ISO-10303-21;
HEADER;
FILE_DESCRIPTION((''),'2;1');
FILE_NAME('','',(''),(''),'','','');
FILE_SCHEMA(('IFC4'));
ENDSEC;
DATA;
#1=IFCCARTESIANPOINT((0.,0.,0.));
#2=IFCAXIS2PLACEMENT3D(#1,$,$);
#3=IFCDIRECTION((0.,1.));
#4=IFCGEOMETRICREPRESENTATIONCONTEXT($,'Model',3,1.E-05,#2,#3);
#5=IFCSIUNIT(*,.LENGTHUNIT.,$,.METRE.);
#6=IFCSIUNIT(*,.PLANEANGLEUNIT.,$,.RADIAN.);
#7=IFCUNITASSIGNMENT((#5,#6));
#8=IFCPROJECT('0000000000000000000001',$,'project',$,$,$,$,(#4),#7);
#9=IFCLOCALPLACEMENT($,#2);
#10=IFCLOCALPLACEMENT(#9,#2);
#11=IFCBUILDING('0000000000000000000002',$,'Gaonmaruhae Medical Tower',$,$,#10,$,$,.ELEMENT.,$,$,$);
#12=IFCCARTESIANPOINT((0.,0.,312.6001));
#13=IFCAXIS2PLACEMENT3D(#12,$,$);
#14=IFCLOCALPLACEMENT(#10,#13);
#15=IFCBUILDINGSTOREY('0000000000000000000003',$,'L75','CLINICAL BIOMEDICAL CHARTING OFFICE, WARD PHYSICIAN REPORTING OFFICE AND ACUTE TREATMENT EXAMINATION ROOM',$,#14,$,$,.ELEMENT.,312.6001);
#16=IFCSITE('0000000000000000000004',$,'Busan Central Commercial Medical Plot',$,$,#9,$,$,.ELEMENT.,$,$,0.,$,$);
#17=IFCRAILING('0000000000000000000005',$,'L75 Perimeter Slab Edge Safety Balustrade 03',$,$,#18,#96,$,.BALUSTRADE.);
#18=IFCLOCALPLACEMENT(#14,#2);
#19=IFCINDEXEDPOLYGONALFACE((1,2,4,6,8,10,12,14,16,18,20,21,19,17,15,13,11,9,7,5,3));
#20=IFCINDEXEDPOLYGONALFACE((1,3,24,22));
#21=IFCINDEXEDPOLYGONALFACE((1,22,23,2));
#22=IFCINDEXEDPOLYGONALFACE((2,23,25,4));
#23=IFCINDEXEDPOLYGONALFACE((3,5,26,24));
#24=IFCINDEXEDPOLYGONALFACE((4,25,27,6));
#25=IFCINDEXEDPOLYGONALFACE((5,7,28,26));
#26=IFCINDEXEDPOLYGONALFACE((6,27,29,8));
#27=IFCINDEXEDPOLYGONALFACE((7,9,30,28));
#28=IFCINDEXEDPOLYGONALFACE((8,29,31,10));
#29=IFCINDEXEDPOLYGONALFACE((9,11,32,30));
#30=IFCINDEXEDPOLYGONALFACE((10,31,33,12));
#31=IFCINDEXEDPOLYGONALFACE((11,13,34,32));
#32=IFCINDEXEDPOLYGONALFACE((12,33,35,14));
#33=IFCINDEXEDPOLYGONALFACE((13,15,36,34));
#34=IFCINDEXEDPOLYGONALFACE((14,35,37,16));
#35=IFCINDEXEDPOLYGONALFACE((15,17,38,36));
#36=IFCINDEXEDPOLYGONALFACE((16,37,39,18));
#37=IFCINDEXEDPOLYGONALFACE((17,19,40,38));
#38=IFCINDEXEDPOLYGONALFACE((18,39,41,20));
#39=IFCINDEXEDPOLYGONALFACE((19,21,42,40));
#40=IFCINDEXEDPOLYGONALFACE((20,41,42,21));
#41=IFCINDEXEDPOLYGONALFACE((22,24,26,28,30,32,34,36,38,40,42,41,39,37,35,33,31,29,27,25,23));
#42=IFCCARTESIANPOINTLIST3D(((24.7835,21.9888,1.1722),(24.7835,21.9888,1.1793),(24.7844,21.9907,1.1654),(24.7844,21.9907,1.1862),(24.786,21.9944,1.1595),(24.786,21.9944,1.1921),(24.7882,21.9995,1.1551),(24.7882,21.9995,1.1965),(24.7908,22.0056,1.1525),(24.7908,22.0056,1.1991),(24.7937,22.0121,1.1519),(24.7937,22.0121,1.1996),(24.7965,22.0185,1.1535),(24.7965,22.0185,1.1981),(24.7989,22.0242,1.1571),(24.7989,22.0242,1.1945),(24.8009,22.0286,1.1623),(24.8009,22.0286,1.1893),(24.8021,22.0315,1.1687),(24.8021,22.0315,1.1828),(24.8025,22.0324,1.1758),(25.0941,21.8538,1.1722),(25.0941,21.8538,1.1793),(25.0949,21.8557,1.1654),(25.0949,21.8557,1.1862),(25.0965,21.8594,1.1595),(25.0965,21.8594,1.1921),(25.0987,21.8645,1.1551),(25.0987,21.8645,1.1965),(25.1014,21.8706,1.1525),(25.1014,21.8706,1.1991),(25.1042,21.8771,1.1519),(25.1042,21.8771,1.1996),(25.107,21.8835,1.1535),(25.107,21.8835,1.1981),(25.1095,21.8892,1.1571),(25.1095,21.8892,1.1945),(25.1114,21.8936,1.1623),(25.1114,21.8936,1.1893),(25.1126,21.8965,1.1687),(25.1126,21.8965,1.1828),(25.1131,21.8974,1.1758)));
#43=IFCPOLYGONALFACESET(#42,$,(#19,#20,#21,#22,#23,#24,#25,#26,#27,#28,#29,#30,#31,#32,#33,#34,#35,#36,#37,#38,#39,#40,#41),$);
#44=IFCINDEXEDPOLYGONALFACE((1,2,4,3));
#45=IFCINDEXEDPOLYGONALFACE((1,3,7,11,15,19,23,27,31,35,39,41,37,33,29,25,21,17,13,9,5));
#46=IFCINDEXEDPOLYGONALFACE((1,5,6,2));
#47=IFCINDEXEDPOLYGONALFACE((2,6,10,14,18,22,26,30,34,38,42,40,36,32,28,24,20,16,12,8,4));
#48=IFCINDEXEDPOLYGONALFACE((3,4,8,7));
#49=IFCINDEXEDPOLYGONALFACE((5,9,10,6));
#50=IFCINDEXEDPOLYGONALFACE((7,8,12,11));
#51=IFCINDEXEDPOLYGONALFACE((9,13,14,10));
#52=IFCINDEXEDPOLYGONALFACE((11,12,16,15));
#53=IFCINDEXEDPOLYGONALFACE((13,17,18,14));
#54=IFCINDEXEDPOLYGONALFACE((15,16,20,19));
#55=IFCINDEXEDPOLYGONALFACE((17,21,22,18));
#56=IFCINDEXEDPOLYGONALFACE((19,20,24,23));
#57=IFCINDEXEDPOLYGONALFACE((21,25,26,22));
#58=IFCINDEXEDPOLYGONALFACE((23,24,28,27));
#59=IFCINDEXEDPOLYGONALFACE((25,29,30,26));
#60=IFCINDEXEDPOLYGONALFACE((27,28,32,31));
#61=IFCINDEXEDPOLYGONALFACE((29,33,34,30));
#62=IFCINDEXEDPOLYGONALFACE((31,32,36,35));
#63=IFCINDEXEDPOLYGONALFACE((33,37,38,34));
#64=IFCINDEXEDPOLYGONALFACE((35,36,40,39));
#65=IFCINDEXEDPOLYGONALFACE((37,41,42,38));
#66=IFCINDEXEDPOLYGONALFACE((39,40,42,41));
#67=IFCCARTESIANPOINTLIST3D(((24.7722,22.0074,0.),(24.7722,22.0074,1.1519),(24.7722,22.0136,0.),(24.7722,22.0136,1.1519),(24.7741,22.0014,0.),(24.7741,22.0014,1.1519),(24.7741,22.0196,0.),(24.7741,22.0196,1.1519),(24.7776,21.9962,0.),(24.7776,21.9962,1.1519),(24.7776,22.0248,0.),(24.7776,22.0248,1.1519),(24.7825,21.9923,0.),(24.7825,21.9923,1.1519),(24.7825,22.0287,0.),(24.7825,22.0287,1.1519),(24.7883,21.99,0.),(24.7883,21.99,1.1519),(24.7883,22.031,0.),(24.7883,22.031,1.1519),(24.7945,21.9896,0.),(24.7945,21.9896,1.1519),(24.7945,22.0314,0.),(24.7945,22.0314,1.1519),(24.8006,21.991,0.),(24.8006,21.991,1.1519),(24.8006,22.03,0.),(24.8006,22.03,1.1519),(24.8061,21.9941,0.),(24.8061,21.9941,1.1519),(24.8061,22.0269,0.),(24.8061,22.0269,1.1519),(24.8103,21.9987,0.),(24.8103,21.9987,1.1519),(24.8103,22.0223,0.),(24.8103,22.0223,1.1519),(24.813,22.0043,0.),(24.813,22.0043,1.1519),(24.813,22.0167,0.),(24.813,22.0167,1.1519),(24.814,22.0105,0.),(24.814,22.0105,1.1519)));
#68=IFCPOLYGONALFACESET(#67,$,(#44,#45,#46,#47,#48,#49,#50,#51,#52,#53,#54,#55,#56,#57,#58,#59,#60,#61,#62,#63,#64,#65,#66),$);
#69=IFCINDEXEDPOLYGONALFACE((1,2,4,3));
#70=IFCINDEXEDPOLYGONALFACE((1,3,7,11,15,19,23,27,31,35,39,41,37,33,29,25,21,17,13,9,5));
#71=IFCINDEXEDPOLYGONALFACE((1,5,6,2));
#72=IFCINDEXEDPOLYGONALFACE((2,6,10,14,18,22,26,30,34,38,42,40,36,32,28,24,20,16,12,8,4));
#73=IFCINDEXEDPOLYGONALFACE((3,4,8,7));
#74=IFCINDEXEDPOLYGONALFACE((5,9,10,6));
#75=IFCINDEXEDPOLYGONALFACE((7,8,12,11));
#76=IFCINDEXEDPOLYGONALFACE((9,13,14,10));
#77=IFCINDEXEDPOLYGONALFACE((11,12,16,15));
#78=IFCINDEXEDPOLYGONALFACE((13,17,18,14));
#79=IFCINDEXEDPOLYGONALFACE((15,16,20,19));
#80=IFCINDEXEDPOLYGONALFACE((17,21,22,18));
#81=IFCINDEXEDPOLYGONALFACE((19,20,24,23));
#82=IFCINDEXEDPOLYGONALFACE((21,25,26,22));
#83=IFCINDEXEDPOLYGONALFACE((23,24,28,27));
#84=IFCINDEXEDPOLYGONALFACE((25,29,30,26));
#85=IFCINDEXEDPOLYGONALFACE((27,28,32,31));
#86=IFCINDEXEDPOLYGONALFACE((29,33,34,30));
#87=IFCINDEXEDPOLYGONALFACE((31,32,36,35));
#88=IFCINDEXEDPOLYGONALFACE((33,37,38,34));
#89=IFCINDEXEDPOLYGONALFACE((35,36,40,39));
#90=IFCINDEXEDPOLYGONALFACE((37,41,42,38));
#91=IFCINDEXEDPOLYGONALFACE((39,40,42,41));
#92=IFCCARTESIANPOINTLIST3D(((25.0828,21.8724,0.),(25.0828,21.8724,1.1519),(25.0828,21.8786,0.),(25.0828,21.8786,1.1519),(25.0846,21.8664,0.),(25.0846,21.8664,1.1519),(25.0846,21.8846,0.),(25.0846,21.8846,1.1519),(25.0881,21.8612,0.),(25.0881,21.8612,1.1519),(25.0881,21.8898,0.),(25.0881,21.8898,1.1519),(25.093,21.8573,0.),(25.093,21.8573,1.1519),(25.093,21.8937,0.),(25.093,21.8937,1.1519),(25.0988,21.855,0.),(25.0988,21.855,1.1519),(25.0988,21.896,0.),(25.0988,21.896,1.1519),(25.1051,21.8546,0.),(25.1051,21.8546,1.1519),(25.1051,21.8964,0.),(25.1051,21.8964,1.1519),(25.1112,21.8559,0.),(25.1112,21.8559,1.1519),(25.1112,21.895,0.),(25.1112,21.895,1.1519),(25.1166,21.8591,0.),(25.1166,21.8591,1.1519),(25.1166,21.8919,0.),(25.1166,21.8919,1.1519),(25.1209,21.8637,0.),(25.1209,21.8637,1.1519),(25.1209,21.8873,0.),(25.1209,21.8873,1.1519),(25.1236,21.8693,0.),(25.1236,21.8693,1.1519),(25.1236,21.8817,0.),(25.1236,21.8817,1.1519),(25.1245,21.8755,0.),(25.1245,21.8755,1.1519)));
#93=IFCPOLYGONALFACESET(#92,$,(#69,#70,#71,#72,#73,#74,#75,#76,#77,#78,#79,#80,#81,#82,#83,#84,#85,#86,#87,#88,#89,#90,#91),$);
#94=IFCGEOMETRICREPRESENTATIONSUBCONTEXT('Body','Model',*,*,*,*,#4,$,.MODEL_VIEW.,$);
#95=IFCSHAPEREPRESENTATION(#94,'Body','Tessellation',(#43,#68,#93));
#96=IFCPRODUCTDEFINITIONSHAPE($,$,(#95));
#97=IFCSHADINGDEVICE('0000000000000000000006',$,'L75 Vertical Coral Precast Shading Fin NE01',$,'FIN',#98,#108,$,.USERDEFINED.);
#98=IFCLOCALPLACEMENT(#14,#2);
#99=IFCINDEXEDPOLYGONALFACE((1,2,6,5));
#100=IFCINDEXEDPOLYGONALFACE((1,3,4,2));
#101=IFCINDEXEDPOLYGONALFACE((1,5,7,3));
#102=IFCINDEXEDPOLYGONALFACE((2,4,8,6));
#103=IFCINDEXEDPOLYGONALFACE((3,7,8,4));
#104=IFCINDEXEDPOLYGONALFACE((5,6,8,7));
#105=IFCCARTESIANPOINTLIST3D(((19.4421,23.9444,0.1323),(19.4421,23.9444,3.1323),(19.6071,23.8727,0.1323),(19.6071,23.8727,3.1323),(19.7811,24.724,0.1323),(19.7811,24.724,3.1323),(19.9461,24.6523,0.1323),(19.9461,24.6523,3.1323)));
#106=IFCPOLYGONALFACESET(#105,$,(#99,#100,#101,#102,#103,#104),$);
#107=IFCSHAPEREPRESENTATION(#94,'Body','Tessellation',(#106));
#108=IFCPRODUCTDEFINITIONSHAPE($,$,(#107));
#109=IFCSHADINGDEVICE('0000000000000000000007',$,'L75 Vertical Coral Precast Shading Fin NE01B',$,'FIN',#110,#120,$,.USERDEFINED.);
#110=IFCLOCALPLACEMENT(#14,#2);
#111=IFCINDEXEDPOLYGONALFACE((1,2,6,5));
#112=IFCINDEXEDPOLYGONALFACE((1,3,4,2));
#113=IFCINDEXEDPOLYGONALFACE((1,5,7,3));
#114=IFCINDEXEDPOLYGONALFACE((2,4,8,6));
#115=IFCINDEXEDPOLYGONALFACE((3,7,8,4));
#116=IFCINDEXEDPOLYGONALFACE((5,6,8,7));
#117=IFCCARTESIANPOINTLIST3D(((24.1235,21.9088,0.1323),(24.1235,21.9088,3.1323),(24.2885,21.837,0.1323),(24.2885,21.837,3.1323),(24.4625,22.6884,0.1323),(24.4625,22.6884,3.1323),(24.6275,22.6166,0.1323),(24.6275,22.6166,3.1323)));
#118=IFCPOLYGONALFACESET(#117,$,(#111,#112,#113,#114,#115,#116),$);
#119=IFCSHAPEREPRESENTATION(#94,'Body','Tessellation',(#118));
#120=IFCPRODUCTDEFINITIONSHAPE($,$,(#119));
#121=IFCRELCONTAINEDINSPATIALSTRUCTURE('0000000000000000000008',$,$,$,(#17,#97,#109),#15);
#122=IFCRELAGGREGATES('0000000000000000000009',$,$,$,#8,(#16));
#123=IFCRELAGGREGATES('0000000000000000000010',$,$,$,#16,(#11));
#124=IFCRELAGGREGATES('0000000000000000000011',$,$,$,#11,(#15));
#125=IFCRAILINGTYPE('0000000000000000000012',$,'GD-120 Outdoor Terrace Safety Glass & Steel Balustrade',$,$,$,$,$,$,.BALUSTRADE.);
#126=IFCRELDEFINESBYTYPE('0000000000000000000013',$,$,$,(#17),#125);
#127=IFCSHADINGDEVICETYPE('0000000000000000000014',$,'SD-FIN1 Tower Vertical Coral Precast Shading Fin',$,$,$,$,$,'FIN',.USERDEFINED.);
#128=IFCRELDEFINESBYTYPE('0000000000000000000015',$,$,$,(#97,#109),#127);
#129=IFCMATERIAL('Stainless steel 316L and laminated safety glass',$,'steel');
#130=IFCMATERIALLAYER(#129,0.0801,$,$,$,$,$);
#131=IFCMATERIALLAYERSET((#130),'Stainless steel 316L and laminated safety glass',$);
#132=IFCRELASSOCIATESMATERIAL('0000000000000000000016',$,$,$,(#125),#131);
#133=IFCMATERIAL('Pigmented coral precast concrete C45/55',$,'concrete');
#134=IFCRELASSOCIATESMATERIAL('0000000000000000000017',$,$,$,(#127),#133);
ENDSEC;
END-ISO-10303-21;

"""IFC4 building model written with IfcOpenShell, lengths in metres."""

from ifc_helpers import new_model, si_unit, direction, frame, origin, origin_2d, place, context, subcontext, project, spatial, rectangle, circle, extrude, material, layer, layer_set, type_object, element, save


model = new_model("IFC4")

# Units and contexts
model_context = context("Model", 3, precision=1e-05, world=origin(), true_north=direction((0.0, 1.0)))
body_context = subcontext(model_context, "Body", "Model", "MODEL_VIEW")
ifc_project = project(units=[si_unit("LENGTHUNIT", "METRE"), si_unit("PLANEANGLEUNIT", "RADIAN")], contexts=[model_context])

# Site, building, storey
site_placement = place(None, origin())
site = spatial("IfcSite", under=ifc_project, at=site_placement, Name="Busan Central Commercial Medical Plot", CompositionType="ELEMENT", RefElevation=0.0)
building_placement = place(site_placement, origin())
building = spatial("IfcBuilding", under=site, at=building_placement, Name="Gaonmaruhae Medical Tower", CompositionType="ELEMENT")
storey_placement = place(building_placement, frame((0.0, 0.0, 312.6001)))
storey = spatial("IfcBuildingStorey", under=building, at=storey_placement, Name="L75", Description="CLINICAL BIOMEDICAL CHARTING OFFICE, WARD PHYSICIAN REPORTING OFFICE AND ACUTE TREATMENT EXAMINATION ROOM", CompositionType="ELEMENT", Elevation=312.6001)

# Railing
ifc_material_1 = material(Name="Stainless steel 316L and laminated safety glass", Category="steel")
ifc_layer_1 = layer(ifc_material_1, 0.0801)
ifc_layer_set_1 = layer_set([ifc_layer_1], Name="Stainless steel 316L and laminated safety glass")
railing_type_1 = type_object("IfcRailingType", Name="GD-120 Outdoor Terrace Safety Glass & Steel Balustrade", PredefinedType="BALUSTRADE", material=ifc_layer_set_1)
railing_1_placement = place(storey_placement, frame((24.793, 22.0105, 0.0)))
element("IfcRailing", 1, at=railing_1_placement, inside=storey, type_object=railing_type_1, Name="L75 Perimeter Slab Edge Safety Balustrade 03", PredefinedType="BALUSTRADE", context=body_context, shape_type="SweptSolid", body=[
    extrude(circle(Radius=0.0239, at=origin_2d()), frame((0.0, 0.0, 1.1758), z_axis=(0.917082, -0.3987, 0.0), x_axis=(0.3987, 0.917082, 0.0)), (0.0, 0.0, 1.0), 0.3386),
    extrude(circle(Radius=0.021, at=origin_2d()), origin(), (0.0, 0.0, 1.0), 1.1519),
    extrude(circle(Radius=0.021, at=origin_2d()), frame((0.3105, -0.135, 0.0)), (0.0, 0.0, 1.0), 1.1519),
])

# Shading devices
ifc_material_2 = material(Name="Pigmented coral precast concrete C45/55", Category="concrete")
shading_device_type = type_object("IfcShadingDeviceType", Name="SD-FIN1 Tower Vertical Coral Precast Shading Fin", ElementType="FIN", PredefinedType="USERDEFINED", material=ifc_material_2)
for number, where, z_axis, x_axis, name in (
    (2, (19.6941, 24.2983, 0.1323), (0.0, 0.0, 1.0), (0.91706, -0.398749, 0.0), "L75 Vertical Coral Precast Shading Fin NE01"),
    (3, (24.3755, 22.2627, 0.1323), (0.0, 0.0, 1.0), (0.91706, -0.398749, 0.0), "L75 Vertical Coral Precast Shading Fin NE01B"),
):
    element("IfcShadingDevice", number, at=place(storey_placement, frame(where, z_axis=z_axis, x_axis=x_axis)), inside=storey, type_object=shading_device_type, Name=name, ObjectType="FIN", PredefinedType="USERDEFINED", context=body_context, shape_type="SweptSolid", body=[
        extrude(rectangle(XDim=0.1799, YDim=0.8501, at=origin_2d()), origin(), (0.0, 0.0, 1.0), 3.0),
    ])

save(model, "model.ifc")
